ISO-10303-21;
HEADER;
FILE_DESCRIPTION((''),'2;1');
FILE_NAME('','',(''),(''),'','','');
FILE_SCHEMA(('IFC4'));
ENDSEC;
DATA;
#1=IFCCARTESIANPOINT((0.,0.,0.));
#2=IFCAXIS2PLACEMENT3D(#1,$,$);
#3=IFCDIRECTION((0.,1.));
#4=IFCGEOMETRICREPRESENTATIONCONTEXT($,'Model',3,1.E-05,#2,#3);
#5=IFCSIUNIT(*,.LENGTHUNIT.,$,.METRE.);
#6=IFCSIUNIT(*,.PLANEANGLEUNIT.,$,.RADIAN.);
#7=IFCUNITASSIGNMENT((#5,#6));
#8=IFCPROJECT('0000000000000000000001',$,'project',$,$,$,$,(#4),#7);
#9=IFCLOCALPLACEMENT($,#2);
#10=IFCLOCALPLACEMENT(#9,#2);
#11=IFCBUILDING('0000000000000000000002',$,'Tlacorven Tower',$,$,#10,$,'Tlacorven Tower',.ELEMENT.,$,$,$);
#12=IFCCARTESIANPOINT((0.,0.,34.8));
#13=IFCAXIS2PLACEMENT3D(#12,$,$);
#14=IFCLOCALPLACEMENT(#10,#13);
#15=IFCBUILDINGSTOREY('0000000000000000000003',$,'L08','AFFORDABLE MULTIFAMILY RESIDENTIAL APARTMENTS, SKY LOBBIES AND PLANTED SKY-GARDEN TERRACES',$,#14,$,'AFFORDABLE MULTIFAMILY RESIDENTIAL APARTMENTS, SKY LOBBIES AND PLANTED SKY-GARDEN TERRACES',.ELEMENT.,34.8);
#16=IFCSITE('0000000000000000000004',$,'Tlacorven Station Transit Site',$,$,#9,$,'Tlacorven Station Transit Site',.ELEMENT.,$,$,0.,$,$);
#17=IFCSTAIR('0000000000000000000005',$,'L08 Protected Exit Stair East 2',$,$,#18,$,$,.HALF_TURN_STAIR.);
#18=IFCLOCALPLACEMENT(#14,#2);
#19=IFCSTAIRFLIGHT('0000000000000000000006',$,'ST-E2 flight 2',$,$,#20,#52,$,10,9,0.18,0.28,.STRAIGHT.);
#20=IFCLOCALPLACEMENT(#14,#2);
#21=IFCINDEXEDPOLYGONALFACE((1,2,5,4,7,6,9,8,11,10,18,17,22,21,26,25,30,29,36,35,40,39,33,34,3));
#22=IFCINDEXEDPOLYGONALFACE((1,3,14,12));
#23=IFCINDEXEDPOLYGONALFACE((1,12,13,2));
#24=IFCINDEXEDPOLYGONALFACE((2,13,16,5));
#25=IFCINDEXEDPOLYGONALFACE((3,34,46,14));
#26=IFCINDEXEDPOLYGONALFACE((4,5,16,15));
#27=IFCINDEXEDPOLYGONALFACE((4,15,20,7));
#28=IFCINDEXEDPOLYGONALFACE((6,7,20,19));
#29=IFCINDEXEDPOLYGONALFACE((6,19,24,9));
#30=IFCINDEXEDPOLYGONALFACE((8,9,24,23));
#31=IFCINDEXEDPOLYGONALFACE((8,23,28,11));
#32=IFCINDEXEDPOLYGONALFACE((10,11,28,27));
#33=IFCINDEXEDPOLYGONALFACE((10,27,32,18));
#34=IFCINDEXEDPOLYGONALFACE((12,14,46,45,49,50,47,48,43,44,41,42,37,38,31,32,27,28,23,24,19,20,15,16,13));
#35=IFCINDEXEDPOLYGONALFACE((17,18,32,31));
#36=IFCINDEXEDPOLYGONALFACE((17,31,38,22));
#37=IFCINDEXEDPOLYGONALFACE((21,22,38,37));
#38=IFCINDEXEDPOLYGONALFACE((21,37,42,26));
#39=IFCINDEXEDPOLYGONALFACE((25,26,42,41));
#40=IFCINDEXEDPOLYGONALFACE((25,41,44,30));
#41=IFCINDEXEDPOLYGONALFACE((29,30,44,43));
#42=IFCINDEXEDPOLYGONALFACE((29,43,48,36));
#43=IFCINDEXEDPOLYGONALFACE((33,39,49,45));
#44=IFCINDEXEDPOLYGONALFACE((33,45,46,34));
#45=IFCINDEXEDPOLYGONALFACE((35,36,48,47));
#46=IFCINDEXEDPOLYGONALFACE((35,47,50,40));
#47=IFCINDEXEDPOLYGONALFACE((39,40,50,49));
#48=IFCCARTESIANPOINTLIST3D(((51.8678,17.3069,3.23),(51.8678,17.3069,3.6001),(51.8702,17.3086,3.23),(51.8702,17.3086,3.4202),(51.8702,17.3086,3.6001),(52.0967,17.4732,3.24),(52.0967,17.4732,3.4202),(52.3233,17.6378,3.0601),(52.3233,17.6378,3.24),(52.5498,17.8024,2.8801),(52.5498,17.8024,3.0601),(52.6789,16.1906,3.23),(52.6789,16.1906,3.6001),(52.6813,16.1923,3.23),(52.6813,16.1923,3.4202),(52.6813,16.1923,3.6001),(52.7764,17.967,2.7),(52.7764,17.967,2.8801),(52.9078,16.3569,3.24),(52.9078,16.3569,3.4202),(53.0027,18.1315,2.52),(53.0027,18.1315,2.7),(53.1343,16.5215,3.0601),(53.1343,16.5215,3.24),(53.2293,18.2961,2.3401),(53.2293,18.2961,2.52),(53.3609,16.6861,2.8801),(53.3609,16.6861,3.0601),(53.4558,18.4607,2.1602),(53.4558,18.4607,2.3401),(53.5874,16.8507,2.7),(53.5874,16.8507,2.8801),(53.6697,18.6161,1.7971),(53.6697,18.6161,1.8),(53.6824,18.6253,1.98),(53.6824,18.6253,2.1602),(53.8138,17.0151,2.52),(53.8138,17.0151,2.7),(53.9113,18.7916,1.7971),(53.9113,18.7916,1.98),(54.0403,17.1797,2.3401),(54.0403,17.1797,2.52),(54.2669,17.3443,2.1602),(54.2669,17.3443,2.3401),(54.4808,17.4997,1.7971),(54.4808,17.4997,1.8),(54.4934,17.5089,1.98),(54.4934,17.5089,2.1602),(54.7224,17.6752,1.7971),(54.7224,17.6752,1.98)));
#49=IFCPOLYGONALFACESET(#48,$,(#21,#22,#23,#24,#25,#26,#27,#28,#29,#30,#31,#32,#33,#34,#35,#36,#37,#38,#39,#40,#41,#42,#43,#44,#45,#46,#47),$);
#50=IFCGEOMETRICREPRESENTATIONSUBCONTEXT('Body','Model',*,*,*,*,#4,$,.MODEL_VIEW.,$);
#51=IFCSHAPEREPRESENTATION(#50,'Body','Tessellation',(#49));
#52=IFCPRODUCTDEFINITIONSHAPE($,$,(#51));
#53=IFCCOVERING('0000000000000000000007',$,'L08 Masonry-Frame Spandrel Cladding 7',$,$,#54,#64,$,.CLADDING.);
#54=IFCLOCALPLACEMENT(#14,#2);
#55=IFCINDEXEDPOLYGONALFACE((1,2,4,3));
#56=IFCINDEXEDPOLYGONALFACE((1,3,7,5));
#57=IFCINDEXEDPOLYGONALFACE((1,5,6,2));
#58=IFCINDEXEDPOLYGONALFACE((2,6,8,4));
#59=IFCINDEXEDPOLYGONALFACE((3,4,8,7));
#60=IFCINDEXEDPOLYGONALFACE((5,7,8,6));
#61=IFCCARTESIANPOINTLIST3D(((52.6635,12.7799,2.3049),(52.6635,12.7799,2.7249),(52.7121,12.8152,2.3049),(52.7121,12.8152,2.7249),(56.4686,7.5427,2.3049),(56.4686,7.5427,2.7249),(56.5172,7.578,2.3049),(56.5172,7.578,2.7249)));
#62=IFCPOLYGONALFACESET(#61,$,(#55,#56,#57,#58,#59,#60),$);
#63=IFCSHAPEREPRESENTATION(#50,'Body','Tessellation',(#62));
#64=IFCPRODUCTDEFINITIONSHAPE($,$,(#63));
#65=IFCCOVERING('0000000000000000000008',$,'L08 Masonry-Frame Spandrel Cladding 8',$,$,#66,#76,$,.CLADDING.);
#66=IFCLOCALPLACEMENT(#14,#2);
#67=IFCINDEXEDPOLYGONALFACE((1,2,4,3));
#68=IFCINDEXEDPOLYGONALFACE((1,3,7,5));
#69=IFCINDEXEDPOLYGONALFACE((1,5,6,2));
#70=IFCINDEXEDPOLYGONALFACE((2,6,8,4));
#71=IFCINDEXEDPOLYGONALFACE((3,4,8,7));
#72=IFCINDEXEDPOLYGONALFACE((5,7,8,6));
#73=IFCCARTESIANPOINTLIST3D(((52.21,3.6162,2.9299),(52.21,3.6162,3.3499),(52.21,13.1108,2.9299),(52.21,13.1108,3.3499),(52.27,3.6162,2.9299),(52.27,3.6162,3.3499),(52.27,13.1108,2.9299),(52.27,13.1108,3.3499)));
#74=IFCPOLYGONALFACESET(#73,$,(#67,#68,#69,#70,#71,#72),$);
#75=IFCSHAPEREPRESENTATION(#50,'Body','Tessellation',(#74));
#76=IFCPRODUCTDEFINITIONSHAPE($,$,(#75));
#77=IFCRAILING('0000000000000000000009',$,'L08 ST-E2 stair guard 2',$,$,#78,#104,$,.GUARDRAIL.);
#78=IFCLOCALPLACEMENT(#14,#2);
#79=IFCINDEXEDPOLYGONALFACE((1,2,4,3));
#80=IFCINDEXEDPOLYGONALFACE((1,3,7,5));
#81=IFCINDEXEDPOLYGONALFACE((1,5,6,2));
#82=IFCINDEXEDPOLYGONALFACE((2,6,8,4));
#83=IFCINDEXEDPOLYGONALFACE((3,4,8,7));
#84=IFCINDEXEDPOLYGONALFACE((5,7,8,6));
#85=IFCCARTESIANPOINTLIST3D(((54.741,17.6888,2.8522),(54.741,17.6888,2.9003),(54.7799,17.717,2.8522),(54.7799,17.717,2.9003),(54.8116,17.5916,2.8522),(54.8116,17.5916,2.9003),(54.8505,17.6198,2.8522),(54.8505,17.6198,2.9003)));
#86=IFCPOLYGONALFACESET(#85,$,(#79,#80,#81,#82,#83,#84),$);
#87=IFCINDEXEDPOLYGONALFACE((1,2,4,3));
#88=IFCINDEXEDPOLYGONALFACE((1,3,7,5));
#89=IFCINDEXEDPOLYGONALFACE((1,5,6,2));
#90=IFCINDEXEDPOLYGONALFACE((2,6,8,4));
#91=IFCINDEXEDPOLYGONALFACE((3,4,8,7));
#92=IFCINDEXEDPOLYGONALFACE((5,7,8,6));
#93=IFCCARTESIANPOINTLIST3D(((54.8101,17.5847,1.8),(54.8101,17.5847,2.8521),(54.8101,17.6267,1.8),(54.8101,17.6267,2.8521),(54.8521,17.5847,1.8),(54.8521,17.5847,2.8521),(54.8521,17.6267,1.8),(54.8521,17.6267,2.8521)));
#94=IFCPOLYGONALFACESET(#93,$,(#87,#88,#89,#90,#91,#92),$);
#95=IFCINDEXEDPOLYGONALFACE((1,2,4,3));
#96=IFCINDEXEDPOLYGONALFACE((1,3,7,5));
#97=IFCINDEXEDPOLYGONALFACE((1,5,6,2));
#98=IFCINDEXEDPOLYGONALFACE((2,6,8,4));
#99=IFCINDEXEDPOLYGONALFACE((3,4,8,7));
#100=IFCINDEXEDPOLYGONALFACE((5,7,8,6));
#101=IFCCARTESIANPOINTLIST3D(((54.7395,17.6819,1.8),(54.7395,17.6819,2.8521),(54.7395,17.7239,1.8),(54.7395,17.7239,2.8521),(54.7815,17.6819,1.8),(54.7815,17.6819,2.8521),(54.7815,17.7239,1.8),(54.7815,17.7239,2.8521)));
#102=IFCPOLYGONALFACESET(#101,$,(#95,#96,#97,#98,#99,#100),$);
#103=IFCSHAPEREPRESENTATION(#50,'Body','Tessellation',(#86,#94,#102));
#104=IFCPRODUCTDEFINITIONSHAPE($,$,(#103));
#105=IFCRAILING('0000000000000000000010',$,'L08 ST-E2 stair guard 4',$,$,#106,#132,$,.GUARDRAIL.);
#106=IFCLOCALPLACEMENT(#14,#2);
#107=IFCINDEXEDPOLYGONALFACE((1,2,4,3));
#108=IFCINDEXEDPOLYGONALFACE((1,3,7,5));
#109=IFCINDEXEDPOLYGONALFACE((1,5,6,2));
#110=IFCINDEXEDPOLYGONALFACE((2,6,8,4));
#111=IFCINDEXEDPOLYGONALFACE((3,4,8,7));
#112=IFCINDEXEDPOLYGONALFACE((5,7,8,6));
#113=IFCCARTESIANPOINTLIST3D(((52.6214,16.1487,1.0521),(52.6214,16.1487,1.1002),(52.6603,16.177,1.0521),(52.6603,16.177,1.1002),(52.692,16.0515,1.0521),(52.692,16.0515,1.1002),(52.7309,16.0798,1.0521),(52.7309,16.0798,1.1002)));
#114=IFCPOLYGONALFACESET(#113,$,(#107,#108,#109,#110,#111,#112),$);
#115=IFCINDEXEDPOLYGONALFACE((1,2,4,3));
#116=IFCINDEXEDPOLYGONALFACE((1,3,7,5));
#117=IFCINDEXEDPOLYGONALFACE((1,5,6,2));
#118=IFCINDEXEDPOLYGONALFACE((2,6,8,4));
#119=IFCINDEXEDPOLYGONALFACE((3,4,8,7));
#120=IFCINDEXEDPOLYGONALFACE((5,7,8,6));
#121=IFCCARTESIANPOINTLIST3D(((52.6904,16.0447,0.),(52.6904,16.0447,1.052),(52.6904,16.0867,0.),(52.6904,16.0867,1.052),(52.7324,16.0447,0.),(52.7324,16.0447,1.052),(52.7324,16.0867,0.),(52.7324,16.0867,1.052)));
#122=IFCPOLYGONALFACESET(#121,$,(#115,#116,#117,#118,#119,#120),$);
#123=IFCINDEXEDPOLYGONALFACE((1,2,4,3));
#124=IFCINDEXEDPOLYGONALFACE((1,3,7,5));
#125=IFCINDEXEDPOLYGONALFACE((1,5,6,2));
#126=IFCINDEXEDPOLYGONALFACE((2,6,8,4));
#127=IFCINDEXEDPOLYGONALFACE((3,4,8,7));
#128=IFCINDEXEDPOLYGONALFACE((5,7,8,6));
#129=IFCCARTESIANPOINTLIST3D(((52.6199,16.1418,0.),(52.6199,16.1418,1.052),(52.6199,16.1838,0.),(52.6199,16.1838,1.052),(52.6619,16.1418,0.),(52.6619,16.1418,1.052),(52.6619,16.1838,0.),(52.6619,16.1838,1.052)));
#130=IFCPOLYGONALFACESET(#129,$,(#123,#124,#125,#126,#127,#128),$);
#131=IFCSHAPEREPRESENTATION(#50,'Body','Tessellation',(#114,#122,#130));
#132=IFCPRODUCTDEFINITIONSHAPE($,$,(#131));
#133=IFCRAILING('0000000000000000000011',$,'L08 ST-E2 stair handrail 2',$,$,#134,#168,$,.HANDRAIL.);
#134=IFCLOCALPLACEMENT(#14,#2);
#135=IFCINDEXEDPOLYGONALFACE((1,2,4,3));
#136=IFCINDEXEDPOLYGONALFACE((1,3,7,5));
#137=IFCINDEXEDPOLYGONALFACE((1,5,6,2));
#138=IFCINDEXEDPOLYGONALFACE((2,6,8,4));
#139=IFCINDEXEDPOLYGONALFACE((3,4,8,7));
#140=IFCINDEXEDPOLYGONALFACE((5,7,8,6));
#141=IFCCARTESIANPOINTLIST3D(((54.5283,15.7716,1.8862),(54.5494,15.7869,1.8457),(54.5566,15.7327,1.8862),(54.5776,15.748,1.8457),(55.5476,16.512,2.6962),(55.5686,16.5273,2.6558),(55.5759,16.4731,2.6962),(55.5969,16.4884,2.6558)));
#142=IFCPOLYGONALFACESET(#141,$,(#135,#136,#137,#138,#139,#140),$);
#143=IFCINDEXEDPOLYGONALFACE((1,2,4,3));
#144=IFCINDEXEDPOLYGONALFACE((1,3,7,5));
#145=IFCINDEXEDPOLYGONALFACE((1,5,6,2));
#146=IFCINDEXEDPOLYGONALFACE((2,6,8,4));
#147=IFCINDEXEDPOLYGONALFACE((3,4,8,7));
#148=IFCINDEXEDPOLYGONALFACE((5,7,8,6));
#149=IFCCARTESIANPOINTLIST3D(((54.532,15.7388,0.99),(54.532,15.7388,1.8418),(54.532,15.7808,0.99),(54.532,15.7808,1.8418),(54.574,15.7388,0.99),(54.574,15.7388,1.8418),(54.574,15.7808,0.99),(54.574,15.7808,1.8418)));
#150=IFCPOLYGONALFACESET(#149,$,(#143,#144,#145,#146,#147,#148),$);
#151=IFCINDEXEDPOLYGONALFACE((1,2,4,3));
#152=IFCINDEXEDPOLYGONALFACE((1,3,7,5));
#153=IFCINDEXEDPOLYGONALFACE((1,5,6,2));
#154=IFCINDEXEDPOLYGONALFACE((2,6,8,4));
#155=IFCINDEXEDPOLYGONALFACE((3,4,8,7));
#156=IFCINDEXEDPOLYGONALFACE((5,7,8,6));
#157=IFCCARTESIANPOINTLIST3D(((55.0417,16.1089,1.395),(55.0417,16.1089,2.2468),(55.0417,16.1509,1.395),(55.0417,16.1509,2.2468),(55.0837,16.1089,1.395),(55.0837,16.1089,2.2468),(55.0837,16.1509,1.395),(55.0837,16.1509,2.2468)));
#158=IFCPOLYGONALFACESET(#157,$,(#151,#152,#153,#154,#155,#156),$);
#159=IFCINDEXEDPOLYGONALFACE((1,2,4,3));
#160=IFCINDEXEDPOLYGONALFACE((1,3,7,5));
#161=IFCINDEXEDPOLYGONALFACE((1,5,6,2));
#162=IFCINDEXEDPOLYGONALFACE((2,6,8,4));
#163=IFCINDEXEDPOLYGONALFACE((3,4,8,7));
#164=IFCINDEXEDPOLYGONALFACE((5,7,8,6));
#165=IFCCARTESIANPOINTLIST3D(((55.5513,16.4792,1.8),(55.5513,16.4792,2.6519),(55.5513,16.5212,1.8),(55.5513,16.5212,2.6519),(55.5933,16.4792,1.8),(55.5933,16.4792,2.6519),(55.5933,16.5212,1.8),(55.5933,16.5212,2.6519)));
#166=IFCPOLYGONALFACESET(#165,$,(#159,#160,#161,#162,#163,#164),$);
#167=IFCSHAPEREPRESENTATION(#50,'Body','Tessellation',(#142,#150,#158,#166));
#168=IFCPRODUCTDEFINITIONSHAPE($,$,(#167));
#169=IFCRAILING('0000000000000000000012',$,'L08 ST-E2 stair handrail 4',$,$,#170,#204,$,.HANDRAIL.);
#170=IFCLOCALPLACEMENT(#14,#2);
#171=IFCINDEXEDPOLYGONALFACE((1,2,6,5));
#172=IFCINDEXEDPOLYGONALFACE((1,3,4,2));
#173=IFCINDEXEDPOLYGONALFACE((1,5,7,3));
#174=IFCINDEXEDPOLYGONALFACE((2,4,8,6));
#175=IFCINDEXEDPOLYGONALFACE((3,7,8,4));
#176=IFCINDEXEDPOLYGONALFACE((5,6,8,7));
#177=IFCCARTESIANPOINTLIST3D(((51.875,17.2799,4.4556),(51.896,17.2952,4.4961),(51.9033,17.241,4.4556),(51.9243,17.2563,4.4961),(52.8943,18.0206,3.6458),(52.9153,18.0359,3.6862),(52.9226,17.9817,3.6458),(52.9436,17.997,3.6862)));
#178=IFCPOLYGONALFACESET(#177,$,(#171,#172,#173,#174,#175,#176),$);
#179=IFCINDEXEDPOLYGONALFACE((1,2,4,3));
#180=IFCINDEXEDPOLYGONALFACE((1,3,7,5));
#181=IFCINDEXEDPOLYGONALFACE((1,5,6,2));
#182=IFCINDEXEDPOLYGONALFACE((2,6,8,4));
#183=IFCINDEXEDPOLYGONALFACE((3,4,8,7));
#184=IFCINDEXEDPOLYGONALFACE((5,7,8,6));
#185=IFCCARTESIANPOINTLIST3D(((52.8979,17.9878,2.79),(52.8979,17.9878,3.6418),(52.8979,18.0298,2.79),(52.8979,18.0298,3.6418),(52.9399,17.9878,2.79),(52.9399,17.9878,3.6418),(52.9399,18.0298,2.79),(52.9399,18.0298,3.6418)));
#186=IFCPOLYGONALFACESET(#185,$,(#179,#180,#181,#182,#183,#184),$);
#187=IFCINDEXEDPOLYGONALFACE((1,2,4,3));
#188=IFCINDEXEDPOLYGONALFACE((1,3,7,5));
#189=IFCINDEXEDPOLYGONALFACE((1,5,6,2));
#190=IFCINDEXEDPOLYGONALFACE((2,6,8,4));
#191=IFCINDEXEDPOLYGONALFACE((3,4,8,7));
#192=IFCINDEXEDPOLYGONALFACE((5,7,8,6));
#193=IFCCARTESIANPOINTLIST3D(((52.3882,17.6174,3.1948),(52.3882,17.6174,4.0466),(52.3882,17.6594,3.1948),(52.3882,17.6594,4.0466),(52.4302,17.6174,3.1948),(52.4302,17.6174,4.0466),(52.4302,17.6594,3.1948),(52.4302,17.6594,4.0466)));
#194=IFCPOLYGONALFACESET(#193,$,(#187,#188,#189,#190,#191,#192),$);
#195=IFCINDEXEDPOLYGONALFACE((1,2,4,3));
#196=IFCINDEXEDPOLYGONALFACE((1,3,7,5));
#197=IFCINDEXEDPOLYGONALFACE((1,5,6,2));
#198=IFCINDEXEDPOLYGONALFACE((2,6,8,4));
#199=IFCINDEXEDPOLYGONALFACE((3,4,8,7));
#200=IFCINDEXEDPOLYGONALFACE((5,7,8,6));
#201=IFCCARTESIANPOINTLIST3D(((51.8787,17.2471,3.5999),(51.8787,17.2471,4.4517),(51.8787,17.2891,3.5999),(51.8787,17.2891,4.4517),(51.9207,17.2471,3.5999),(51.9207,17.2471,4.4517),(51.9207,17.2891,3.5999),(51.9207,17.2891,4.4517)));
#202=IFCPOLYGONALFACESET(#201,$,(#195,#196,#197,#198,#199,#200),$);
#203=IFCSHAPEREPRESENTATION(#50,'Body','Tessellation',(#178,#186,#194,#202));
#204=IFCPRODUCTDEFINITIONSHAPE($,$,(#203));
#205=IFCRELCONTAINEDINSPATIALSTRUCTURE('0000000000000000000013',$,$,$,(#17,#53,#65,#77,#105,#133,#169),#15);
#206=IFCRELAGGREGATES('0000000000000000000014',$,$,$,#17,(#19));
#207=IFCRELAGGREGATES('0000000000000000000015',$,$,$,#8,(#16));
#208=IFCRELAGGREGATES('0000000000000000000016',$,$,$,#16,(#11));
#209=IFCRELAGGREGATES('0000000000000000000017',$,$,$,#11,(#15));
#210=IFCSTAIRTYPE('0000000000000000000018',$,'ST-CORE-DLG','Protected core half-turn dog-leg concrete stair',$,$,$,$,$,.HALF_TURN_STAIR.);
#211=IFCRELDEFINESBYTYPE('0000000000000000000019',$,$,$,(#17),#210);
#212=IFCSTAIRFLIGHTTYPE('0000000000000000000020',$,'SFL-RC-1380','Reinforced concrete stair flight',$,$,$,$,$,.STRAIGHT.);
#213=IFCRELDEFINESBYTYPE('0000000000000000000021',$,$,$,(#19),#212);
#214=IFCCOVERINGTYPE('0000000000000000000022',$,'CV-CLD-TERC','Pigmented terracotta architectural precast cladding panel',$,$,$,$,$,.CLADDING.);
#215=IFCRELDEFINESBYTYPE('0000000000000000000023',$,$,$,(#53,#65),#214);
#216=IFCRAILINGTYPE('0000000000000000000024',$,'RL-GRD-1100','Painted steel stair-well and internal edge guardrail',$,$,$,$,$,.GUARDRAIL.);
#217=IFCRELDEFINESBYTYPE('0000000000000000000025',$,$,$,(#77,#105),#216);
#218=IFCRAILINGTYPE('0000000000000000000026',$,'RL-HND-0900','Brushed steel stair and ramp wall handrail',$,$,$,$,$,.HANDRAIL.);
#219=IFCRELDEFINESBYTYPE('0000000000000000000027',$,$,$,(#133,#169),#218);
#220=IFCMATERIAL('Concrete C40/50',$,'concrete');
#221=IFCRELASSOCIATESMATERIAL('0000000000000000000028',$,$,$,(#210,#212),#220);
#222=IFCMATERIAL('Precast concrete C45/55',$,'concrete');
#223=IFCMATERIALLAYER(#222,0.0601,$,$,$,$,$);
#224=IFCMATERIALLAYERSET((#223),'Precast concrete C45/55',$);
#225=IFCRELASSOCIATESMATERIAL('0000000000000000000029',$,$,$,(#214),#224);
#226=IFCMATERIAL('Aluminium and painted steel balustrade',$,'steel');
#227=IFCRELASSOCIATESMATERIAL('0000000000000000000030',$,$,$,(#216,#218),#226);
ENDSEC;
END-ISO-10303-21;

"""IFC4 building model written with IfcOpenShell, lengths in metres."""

from ifc_helpers import new_model, si_unit, direction, frame, origin, origin_2d, place, context, subcontext, project, spatial, polyline, rectangle, outline, extrude, source, transform, mapped, material, layer, layer_set, type_object, element, aggregate, save


model = new_model("IFC4")

# Units and contexts
model_context = context("Model", 3, precision=1e-05, world=origin(), true_north=direction((0.0, 1.0)))
body_context = subcontext(model_context, "Body", "Model", "MODEL_VIEW")
ifc_project = project(units=[si_unit("LENGTHUNIT", "METRE"), si_unit("PLANEANGLEUNIT", "RADIAN")], contexts=[model_context])

# Site, building, storey
site_placement = place(None, origin())
site = spatial("IfcSite", under=ifc_project, at=site_placement, Name="Tlacorven Station Transit Site", LongName="Tlacorven Station Transit Site", CompositionType="ELEMENT", RefElevation=0.0)
building_placement = place(site_placement, origin())
building = spatial("IfcBuilding", under=site, at=building_placement, Name="Tlacorven Tower", LongName="Tlacorven Tower", CompositionType="ELEMENT")
storey_placement = place(building_placement, frame((0.0, 0.0, 34.8)))
storey = spatial("IfcBuildingStorey", under=building, at=storey_placement, Name="L08", Description="AFFORDABLE MULTIFAMILY RESIDENTIAL APARTMENTS, SKY LOBBIES AND PLANTED SKY-GARDEN TERRACES", LongName="AFFORDABLE MULTIFAMILY RESIDENTIAL APARTMENTS, SKY LOBBIES AND PLANTED SKY-GARDEN TERRACES", CompositionType="ELEMENT", Elevation=34.8)

# Shared definitions
ifc_material_1 = material(Name="Precast concrete C45/55", Category="concrete")

# Stair, stair flight
ifc_material_2 = material(Name="Concrete C40/50", Category="concrete")
stair_type = type_object("IfcStairType", Name="ST-CORE-DLG", Description="Protected core half-turn dog-leg concrete stair", PredefinedType="HALF_TURN_STAIR", material=ifc_material_2)
stair_placement = place(storey_placement, origin())
stair = element("IfcStair", 1, at=stair_placement, inside=storey, type_object=stair_type, Name="L08 Protected Exit Stair East 2", PredefinedType="HALF_TURN_STAIR")
stair_flight_type = type_object("IfcStairFlightType", Name="SFL-RC-1380", Description="Reinforced concrete stair flight", PredefinedType="STRAIGHT", material=ifc_material_2)
shared_shape_1 = source(origin(), body_context, "Body", "SweptSolid", [
    extrude(outline(polyline([(-0.0029, -0.0029), (-0.0029, 0.1799), (0.28, 0.1799), (0.28, 0.3601), (0.5601, 0.3601), (0.5601, 0.54), (0.8401, 0.54), (0.8401, 0.72), (1.1201, 0.72), (1.1201, 0.8999), (1.3999, 0.8999), (1.3999, 1.0801), (1.6799, 1.0801), (1.6799, 1.26), (1.96, 1.26), (1.96, 1.4399), (2.24, 1.4399), (2.24, 1.6201), (2.52, 1.6201), (2.52, 1.8), (2.5229, 1.8), (2.5229, 1.4299), (2.52, 1.4299), (0.2957, 0.0), (0.2957, -0.0029), (-0.0029, -0.0029)])), frame((0.0, 0.6899, 0.0), z_axis=(0.0, -1.0, 0.0), x_axis=(1.0, 0.0, 0.0)), (0.0, 0.0, 1.0), 1.3799),
])
stair_flight_1_placement = place(storey_placement, frame((54.3145, 18.2317, 1.8), z_axis=(0.0, 0.0, 1.0), x_axis=(-0.809017, -0.587785, 0.0)))
stair_flight_1 = element("IfcStairFlight", 2, at=stair_flight_1_placement, type_object=stair_flight_type, Name="ST-E2 flight 2", NumberOfRisers=10, NumberOfTreads=9, PredefinedType="STRAIGHT", RiserHeight=0.18, TreadLength=0.28, context=body_context, shape_type="MappedRepresentation", body=[
    mapped(shared_shape_1, transform((0.0, 0.0, 0.0), scale=1.0)),
])
aggregate(stair, [stair_flight_1])

# Coverings
ifc_layer_1 = layer(ifc_material_1, 0.0601)
ifc_layer_set_1 = layer_set([ifc_layer_1], Name="Precast concrete C45/55")
covering_type = type_object("IfcCoveringType", Name="CV-CLD-TERC", Description="Pigmented terracotta architectural precast cladding panel", PredefinedType="CLADDING", material=ifc_layer_set_1)
shared_shape_2 = source(origin(), body_context, "Body", "SweptSolid", [
    extrude(rectangle(XDim=6.4736, YDim=0.0601, at=origin_2d()), origin(), (0.0, 0.0, 1.0), 0.4199),
])
covering_1_placement = place(storey_placement, frame((54.5903, 10.179, 2.3049), z_axis=(0.0, 0.0, 1.0), x_axis=(-0.587786, 0.809017, 0.0)))
element("IfcCovering", 3, at=covering_1_placement, inside=storey, type_object=covering_type, Name="L08 Masonry-Frame Spandrel Cladding 7", PredefinedType="CLADDING", context=body_context, shape_type="MappedRepresentation", body=[
    mapped(shared_shape_2, transform((0.0, 0.0, 0.0), scale=1.0)),
])
shared_shape_3 = source(origin(), body_context, "Body", "SweptSolid", [
    extrude(rectangle(XDim=9.4946, YDim=0.0601, at=origin_2d()), origin(), (0.0, 0.0, 1.0), 0.4199),
])
covering_2_placement = place(storey_placement, frame((52.24, 8.3635, 2.9299), z_axis=(0.0, 0.0, 1.0), x_axis=(0.0, -1.0, 0.0)))
element("IfcCovering", 4, at=covering_2_placement, inside=storey, type_object=covering_type, Name="L08 Masonry-Frame Spandrel Cladding 8", PredefinedType="CLADDING", context=body_context, shape_type="MappedRepresentation", body=[
    mapped(shared_shape_3, transform((0.0, 0.0, 0.0), scale=1.0)),
])

# Railings
ifc_material_3 = material(Name="Aluminium and painted steel balustrade", Category="steel")
railing_type_1 = type_object("IfcRailingType", Name="RL-GRD-1100", Description="Painted steel stair-well and internal edge guardrail", PredefinedType="GUARDRAIL", material=ifc_material_3)
shared_shape_4 = source(origin(), body_context, "Body", "SweptSolid", [
    extrude(rectangle(XDim=0.0481, YDim=0.0481, at=origin_2d()), frame((0.0, 0.0, 1.0762), z_axis=(-0.587567, 0.809175, 0.0), x_axis=(-0.809175, -0.587567, 0.0)), (0.0, 0.0, 1.0), 0.1201),
    extrude(rectangle(XDim=0.042, YDim=0.042, at=origin_2d()), origin(), (0.0, 0.0, 1.0), 1.052),
    extrude(rectangle(XDim=0.042, YDim=0.042, at=origin_2d()), frame((-0.0706, 0.0972, 0.0)), (0.0, 0.0, 1.0), 1.052),
])
for number, where, name in (
    (5, (54.8311, 17.6057, 1.8), "L08 ST-E2 stair guard 2"),
    (6, (52.7114, 16.0657, 0.0), "L08 ST-E2 stair guard 4"),
):
    element("IfcRailing", number, at=place(storey_placement, frame(where)), inside=storey, type_object=railing_type_1, Name=name, PredefinedType="GUARDRAIL", context=body_context, shape_type="MappedRepresentation", body=[
        mapped(shared_shape_4, transform((0.0, 0.0, 0.0), scale=1.0)),
    ])
railing_type_2 = type_object("IfcRailingType", Name="RL-HND-0900", Description="Brushed steel stair and ramp wall handrail", PredefinedType="HANDRAIL", material=ifc_material_3)
shared_shape_5 = source(origin(), body_context, "Body", "SweptSolid", [
    extrude(rectangle(XDim=0.0481, YDim=0.0481, at=origin_2d()), frame((0.0, 0.0, 0.876), z_axis=(0.680516, 0.494373, 0.540827), x_axis=(-0.587745, 0.809046, 0.0)), (0.0, 0.0, 1.0), 1.4978),
    extrude(rectangle(XDim=0.042, YDim=0.042, at=origin_2d()), origin(), (0.0, 0.0, 1.0), 0.8518),
    extrude(rectangle(XDim=0.042, YDim=0.042, at=origin_2d()), frame((0.5098, 0.3701, 0.405)), (0.0, 0.0, 1.0), 0.8518),
    extrude(rectangle(XDim=0.042, YDim=0.042, at=origin_2d()), frame((1.0193, 0.7405, 0.8101)), (0.0, 0.0, 1.0), 0.8518),
])
railing_1_placement = place(storey_placement, frame((54.553, 15.7598, 0.99)))
element("IfcRailing", 7, at=railing_1_placement, inside=storey, type_object=railing_type_2, Name="L08 ST-E2 stair handrail 2", PredefinedType="HANDRAIL", context=body_context, shape_type="MappedRepresentation", body=[
    mapped(shared_shape_5, transform((0.0, 0.0, 0.0), scale=1.0)),
])
shared_shape_6 = source(origin(), body_context, "Body", "SweptSolid", [
    extrude(rectangle(XDim=0.0481, YDim=0.0481, at=origin_2d()), frame((0.0, 0.0, 0.876), z_axis=(-0.680521, -0.494539, 0.540668), x_axis=(0.587872, -0.808954, 0.0)), (0.0, 0.0, 1.0), 1.4978),
    extrude(rectangle(XDim=0.042, YDim=0.042, at=origin_2d()), origin(), (0.0, 0.0, 1.0), 0.8518),
    extrude(rectangle(XDim=0.042, YDim=0.042, at=origin_2d()), frame((-0.5098, -0.3704, 0.4048)), (0.0, 0.0, 1.0), 0.8518),
    extrude(rectangle(XDim=0.042, YDim=0.042, at=origin_2d()), frame((-1.0193, -0.7407, 0.8098)), (0.0, 0.0, 1.0), 0.8518),
])
railing_2_placement = place(storey_placement, frame((52.9189, 18.0088, 2.79)))
element("IfcRailing", 8, at=railing_2_placement, inside=storey, type_object=railing_type_2, Name="L08 ST-E2 stair handrail 4", PredefinedType="HANDRAIL", context=body_context, shape_type="MappedRepresentation", body=[
    mapped(shared_shape_6, transform((0.0, 0.0, 0.0), scale=1.0)),
])

save(model, "model.ifc")
